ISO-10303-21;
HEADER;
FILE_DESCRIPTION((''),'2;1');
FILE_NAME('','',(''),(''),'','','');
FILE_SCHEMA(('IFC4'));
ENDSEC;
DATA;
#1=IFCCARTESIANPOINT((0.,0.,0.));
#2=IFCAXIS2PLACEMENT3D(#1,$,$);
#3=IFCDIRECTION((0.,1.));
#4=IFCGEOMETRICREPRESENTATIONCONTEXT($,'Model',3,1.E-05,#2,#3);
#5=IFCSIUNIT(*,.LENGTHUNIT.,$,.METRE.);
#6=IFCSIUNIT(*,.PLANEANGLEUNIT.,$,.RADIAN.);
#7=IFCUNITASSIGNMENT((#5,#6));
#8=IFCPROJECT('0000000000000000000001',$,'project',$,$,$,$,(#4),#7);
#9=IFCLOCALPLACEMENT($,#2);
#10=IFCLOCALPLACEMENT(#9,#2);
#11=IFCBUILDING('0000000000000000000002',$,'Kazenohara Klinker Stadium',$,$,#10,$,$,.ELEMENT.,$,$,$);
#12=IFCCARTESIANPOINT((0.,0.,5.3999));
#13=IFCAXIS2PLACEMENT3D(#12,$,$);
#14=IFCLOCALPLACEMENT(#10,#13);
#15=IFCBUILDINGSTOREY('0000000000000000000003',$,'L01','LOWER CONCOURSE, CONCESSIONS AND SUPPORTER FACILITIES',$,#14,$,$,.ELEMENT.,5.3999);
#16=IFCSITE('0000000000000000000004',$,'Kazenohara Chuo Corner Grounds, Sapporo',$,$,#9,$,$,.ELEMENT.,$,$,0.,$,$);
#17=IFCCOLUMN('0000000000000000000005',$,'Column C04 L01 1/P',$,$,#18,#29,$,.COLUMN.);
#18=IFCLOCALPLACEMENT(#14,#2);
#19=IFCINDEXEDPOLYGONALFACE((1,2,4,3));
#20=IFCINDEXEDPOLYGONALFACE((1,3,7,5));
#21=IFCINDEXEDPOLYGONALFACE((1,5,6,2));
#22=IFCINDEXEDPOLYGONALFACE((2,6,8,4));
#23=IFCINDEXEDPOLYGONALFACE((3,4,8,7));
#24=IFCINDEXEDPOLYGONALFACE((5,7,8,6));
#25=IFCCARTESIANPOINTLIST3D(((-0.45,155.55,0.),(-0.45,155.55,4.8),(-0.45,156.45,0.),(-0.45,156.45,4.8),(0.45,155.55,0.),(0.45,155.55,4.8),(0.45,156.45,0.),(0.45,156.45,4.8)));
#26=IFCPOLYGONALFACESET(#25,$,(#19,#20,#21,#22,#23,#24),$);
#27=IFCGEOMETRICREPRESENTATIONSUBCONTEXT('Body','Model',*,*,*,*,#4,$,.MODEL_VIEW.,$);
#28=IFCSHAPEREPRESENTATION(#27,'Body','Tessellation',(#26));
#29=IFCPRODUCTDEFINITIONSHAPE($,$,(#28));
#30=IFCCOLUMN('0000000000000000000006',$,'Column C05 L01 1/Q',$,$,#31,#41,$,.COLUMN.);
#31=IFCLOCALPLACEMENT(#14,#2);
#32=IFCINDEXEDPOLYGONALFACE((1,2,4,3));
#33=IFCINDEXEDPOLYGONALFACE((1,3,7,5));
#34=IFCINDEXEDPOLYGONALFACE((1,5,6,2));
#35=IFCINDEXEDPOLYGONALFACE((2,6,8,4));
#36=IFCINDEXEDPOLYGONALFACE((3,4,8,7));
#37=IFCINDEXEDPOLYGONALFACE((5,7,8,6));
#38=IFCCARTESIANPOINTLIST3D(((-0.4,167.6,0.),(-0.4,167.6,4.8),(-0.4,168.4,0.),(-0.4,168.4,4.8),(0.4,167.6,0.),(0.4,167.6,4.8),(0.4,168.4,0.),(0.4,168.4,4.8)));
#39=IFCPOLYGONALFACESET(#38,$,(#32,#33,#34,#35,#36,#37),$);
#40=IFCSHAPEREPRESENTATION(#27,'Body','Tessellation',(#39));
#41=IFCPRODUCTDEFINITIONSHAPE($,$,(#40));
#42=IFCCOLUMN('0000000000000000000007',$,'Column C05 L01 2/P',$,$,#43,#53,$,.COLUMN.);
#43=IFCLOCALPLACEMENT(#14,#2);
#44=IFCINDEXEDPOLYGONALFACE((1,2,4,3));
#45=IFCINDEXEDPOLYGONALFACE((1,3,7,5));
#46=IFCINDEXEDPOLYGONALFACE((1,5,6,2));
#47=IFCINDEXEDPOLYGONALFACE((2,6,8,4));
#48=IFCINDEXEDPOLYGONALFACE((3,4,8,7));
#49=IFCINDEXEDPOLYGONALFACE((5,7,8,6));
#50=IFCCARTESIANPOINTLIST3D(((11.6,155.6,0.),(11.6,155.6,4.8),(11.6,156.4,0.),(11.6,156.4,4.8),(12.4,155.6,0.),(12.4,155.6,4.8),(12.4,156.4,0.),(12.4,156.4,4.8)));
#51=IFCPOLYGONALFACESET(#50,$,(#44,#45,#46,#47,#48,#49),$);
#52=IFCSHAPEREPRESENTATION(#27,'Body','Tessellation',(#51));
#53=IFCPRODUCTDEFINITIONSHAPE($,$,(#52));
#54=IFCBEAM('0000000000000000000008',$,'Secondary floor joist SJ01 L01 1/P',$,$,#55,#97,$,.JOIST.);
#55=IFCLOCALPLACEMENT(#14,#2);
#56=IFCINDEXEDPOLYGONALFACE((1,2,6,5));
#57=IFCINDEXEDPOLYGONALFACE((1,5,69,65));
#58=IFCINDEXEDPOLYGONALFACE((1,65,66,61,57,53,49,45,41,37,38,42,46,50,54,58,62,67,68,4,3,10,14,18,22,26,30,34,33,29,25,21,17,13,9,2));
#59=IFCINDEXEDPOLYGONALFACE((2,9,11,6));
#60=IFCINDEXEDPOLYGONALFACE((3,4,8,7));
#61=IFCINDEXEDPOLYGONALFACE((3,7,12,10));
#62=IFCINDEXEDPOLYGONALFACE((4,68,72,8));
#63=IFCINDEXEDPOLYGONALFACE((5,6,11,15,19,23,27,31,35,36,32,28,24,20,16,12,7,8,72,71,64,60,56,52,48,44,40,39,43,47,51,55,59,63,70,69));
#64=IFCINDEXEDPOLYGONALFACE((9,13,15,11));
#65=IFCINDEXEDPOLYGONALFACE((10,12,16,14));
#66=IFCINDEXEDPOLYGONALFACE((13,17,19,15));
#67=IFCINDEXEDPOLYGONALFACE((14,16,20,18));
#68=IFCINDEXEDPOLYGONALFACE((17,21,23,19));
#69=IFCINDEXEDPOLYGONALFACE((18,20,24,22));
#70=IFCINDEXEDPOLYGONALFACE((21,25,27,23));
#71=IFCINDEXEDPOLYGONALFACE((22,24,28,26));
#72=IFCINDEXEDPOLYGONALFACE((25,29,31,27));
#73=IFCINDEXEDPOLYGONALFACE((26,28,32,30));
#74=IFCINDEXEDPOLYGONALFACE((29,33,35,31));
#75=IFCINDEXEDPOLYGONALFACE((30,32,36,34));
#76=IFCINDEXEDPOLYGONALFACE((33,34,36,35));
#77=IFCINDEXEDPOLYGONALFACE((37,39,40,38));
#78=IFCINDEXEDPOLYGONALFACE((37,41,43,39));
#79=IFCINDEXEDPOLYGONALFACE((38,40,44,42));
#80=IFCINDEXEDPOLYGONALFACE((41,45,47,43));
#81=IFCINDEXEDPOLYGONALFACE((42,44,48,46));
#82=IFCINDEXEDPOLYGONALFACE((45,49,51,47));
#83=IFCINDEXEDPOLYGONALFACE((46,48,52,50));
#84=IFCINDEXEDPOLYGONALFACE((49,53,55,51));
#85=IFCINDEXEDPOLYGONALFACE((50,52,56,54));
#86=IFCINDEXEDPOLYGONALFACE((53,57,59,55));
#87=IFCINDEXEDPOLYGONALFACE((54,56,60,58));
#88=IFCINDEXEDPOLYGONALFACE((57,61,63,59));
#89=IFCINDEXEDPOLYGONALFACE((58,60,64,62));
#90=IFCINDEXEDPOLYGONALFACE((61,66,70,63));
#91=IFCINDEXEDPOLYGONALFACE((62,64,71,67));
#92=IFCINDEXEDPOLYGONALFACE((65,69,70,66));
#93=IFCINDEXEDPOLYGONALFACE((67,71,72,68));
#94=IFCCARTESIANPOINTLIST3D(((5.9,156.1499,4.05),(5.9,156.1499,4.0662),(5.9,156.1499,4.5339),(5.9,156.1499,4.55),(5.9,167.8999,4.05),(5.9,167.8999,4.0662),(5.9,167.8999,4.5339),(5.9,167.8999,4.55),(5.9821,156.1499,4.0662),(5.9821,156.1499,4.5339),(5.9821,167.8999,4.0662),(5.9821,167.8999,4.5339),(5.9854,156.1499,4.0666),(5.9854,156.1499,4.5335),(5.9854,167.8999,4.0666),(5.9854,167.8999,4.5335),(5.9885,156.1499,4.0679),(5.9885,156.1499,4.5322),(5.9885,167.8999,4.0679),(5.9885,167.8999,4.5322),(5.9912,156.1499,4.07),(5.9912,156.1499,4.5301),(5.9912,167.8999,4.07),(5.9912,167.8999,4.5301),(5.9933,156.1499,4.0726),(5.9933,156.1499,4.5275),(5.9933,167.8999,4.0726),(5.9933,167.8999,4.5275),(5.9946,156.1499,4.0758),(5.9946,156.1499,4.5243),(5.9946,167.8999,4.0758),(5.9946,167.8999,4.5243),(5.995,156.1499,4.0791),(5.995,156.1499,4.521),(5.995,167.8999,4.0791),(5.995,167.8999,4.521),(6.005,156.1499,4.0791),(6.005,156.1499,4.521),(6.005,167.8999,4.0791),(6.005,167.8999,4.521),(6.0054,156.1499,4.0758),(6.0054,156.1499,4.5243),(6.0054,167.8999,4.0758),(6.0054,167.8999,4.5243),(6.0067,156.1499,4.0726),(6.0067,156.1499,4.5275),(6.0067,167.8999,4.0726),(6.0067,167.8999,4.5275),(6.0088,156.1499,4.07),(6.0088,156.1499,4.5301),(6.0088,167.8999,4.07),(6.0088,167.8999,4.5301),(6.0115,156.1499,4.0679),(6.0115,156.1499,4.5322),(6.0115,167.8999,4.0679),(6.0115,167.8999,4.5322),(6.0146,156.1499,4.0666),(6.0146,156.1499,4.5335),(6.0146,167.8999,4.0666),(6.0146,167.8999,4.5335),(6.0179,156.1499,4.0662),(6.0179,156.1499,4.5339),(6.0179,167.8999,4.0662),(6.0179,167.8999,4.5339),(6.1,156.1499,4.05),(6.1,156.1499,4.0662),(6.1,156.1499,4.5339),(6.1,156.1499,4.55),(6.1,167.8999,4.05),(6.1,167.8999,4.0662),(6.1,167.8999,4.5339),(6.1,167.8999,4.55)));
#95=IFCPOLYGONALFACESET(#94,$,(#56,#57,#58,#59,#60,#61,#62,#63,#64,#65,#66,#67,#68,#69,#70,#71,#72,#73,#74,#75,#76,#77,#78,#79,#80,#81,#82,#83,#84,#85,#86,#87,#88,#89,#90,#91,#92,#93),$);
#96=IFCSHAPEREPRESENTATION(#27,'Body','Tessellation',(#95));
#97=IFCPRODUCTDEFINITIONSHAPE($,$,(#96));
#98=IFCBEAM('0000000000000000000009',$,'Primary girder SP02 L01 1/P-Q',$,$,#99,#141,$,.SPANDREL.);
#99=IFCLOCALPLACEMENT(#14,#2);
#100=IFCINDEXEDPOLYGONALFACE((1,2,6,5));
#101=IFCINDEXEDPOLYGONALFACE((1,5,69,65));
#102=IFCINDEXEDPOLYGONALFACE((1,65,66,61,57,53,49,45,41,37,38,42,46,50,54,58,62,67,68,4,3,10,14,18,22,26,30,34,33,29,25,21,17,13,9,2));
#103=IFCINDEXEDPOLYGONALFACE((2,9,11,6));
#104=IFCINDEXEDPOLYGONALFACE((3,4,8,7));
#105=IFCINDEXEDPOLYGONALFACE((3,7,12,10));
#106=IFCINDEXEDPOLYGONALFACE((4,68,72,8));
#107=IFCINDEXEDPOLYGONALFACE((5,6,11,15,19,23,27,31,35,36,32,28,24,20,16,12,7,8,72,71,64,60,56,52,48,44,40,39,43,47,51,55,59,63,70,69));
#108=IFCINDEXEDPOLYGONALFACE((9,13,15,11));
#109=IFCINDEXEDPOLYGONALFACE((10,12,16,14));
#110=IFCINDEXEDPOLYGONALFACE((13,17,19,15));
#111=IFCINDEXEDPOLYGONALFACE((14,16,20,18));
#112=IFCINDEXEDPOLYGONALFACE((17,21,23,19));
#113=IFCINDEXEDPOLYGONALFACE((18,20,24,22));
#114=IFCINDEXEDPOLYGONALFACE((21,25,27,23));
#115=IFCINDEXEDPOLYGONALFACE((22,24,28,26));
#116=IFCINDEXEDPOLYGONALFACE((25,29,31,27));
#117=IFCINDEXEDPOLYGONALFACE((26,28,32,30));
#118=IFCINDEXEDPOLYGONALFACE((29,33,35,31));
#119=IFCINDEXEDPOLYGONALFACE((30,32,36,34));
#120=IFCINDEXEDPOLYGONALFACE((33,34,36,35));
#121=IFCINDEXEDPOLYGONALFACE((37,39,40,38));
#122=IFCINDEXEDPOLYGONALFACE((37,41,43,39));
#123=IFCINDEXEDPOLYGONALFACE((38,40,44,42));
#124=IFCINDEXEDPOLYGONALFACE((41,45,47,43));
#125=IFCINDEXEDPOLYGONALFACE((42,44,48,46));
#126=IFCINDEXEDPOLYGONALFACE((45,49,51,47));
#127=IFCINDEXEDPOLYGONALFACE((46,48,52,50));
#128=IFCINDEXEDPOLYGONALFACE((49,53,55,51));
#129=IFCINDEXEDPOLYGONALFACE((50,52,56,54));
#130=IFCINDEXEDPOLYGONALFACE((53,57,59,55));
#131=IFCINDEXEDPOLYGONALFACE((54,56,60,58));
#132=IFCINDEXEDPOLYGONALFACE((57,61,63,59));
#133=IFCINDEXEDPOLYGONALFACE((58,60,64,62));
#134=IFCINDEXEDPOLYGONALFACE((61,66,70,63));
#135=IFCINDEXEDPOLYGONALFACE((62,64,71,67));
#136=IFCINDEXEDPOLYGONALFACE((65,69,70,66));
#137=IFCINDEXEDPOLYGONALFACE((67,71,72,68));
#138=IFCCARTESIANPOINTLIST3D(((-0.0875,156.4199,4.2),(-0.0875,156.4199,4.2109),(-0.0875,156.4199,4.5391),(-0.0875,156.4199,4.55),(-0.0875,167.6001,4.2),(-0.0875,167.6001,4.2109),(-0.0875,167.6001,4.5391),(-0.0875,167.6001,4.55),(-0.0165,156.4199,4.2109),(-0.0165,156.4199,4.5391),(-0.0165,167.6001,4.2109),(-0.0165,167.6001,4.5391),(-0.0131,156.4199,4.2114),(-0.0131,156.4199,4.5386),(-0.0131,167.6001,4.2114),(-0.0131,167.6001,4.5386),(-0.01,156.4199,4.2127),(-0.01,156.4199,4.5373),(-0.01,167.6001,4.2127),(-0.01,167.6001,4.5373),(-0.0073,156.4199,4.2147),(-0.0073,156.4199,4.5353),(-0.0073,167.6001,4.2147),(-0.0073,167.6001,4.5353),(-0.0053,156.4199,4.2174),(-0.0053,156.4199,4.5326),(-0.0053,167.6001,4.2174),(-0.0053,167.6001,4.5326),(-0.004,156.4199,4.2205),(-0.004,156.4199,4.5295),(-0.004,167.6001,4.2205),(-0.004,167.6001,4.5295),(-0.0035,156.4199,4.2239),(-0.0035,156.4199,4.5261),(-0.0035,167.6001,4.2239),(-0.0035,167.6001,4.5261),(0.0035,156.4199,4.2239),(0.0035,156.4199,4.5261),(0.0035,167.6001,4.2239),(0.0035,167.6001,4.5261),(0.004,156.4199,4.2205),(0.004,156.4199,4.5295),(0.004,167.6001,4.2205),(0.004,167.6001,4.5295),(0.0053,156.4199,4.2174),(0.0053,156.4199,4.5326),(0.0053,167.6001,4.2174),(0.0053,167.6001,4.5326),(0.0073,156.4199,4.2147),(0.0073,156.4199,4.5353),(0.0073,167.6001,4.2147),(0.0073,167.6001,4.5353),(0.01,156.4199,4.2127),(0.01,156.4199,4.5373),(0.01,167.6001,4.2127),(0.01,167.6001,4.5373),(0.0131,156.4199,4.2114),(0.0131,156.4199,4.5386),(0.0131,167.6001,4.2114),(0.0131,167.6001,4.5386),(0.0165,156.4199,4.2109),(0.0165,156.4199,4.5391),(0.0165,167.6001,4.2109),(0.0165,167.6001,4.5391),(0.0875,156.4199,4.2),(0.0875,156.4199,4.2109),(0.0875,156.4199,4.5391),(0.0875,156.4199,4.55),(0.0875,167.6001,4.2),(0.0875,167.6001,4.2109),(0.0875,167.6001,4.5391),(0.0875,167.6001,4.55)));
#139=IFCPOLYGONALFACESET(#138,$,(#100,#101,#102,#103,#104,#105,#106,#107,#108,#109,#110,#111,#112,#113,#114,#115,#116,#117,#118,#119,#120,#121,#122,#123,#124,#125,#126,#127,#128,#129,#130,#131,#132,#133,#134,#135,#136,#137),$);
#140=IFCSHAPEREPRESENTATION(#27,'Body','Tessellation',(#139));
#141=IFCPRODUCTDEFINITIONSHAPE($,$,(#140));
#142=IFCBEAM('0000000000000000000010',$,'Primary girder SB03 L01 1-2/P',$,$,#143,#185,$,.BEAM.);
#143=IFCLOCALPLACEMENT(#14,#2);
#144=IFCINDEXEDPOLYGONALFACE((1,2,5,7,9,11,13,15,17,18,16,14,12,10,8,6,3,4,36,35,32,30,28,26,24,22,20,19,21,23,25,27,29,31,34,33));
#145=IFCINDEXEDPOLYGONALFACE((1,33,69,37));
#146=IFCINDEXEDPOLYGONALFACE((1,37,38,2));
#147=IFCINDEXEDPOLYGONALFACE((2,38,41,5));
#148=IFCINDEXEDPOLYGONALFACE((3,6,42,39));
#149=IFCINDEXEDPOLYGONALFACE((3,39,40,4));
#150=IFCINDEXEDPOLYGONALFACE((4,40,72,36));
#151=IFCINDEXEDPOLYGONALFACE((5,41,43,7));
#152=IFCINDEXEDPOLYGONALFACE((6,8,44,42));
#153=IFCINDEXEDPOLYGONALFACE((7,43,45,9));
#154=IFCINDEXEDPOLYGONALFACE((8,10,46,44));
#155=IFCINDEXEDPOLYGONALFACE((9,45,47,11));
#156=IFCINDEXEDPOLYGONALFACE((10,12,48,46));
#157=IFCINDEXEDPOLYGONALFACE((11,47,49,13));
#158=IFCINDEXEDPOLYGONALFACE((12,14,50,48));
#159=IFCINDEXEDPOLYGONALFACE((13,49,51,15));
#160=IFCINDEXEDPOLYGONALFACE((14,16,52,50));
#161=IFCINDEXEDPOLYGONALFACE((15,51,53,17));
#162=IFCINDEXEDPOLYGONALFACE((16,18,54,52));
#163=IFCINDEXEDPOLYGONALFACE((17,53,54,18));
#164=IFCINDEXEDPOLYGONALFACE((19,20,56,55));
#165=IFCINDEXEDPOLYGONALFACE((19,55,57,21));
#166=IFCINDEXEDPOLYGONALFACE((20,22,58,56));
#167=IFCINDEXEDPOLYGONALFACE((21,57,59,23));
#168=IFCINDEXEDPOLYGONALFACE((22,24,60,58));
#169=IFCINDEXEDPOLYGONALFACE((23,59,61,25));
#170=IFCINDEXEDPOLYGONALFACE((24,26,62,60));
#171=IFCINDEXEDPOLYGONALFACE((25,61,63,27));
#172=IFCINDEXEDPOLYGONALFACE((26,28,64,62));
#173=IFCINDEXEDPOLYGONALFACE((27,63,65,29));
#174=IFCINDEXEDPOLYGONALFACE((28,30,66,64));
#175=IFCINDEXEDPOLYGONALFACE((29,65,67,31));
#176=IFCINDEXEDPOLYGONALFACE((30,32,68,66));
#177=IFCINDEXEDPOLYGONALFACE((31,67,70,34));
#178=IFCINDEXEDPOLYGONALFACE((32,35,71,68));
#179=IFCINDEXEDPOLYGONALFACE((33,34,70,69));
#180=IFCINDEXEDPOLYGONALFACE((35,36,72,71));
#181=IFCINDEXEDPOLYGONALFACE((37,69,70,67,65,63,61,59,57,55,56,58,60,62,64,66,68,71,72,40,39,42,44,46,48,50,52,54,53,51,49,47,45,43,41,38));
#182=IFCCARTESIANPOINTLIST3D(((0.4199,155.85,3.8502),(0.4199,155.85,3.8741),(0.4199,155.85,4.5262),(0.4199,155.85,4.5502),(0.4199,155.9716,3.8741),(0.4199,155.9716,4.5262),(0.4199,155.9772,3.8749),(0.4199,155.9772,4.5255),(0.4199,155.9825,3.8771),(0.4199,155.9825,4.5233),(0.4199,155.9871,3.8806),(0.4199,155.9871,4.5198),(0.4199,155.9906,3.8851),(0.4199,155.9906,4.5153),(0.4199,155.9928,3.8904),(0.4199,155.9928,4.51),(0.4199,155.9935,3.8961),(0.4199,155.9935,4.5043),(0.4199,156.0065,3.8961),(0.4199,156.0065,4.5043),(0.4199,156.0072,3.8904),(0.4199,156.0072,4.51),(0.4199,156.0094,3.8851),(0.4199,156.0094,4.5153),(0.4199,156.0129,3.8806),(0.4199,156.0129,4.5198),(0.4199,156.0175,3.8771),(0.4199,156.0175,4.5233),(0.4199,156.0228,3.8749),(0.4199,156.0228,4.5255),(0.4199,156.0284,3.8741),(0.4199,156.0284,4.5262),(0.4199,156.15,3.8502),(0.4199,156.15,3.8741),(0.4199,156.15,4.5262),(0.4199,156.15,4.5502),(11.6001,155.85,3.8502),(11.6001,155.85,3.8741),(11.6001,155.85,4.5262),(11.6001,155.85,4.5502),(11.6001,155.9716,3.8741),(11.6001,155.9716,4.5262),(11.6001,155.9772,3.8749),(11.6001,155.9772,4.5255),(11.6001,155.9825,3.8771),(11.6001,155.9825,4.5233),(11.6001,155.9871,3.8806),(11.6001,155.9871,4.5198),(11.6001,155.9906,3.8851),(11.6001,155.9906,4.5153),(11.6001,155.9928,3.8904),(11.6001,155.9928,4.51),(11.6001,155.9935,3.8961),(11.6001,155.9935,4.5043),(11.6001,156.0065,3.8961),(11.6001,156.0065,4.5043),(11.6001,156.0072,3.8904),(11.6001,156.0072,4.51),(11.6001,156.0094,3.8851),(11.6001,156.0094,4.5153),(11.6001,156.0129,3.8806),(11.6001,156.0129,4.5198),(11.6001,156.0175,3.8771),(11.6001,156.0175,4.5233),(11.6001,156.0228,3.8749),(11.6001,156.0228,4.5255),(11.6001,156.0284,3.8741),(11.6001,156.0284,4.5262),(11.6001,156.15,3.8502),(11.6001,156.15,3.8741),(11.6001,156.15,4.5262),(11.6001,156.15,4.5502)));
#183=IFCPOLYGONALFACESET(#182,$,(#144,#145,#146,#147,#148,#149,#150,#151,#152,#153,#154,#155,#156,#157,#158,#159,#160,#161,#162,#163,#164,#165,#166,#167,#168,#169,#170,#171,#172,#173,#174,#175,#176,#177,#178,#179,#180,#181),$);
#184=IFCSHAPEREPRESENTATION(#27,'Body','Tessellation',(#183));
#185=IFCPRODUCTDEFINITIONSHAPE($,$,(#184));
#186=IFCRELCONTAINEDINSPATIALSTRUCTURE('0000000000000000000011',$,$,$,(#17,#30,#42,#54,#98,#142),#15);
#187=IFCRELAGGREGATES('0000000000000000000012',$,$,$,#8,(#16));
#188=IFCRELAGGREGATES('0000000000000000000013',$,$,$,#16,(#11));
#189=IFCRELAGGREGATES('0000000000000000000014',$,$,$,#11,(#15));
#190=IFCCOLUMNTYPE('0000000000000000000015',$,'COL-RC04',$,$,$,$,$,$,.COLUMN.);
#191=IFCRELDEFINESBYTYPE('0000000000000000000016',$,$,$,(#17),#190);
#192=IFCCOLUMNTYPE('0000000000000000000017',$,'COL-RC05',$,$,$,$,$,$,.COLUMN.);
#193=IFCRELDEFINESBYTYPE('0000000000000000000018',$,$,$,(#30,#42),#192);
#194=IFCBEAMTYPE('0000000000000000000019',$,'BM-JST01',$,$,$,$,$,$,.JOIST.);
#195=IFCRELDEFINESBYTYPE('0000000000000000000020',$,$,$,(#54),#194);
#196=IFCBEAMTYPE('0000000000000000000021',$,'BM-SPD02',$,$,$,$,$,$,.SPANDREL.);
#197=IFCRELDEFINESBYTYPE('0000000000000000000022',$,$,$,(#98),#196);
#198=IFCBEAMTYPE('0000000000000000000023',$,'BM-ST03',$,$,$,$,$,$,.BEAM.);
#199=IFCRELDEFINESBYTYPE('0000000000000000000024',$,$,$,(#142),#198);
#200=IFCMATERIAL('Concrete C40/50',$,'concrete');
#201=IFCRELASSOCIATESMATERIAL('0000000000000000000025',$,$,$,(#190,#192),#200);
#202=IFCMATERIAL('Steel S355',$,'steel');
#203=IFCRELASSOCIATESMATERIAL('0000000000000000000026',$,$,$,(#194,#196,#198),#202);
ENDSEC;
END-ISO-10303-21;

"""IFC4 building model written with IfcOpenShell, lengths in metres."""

from ifc_helpers import new_model, si_unit, direction, frame, origin, origin_2d, place, context, subcontext, project, spatial, rectangle, i_section, extrude, material, material_profile, profile_set, type_object, element, save


model = new_model("IFC4")

# Units and contexts
model_context = context("Model", 3, precision=1e-05, world=origin(), true_north=direction((0.0, 1.0)))
body_context = subcontext(model_context, "Body", "Model", "MODEL_VIEW")
ifc_project = project(units=[si_unit("LENGTHUNIT", "METRE"), si_unit("PLANEANGLEUNIT", "RADIAN")], contexts=[model_context])

# Site, building, storey
site_placement = place(None, origin())
site = spatial("IfcSite", under=ifc_project, at=site_placement, Name="Kazenohara Chuo Corner Grounds, Sapporo", CompositionType="ELEMENT", RefElevation=0.0)
building_placement = place(site_placement, origin())
building = spatial("IfcBuilding", under=site, at=building_placement, Name="Kazenohara Klinker Stadium", CompositionType="ELEMENT")
storey_placement = place(building_placement, frame((0.0, 0.0, 5.3999)))
storey = spatial("IfcBuildingStorey", under=building, at=storey_placement, Name="L01", Description="LOWER CONCOURSE, CONCESSIONS AND SUPPORTER FACILITIES", CompositionType="ELEMENT", Elevation=5.3999)

# Columns
ifc_material_1 = material(Name="Concrete C40/50", Category="concrete")
ifc_material_profile_1 = material_profile(ifc_material_1, rectangle(XDim=0.8999, YDim=0.8999, at=origin_2d()), Name="RC-COL-900x900")
ifc_profile_set_1 = profile_set([ifc_material_profile_1], Name="Concrete C40/50")
column_type_1 = type_object("IfcColumnType", Name="COL-RC04", PredefinedType="COLUMN", material=ifc_profile_set_1)
column_placement = place(storey_placement, frame((0.0, 156.0, 0.0), z_axis=(0.0, 0.0, 1.0), x_axis=(1.0, 0.0, 0.0)))
element("IfcColumn", 1, at=column_placement, inside=storey, type_object=column_type_1, Name="Column C04 L01 1/P", PredefinedType="COLUMN", context=body_context, shape_type="SweptSolid", body=[
    extrude(rectangle(XDim=0.8999, YDim=0.8999, at=origin_2d()), origin(), (0.0, 0.0, 1.0), 4.8),
])
ifc_material_profile_2 = material_profile(ifc_material_1, rectangle(XDim=0.8, YDim=0.8, at=origin_2d()), Name="RC-COL-800x800")
ifc_profile_set_2 = profile_set([ifc_material_profile_2], Name="Concrete C40/50")
column_type_2 = type_object("IfcColumnType", Name="COL-RC05", PredefinedType="COLUMN", material=ifc_profile_set_2)
for number, where, z_axis, x_axis, name in (
    (2, (0.0, 168.0, 0.0), (0.0, 0.0, 1.0), (1.0, 0.0, 0.0), "Column C05 L01 1/Q"),
    (3, (12.0, 156.0, 0.0), (0.0, 0.0, 1.0), (1.0, 0.0, 0.0), "Column C05 L01 2/P"),
):
    element("IfcColumn", number, at=place(storey_placement, frame(where, z_axis=z_axis, x_axis=x_axis)), inside=storey, type_object=column_type_2, Name=name, PredefinedType="COLUMN", context=body_context, shape_type="SweptSolid", body=[
        extrude(rectangle(XDim=0.8, YDim=0.8, at=origin_2d()), origin(), (0.0, 0.0, 1.0), 4.8),
    ])

# Beams
ifc_material_2 = material(Name="Steel S355", Category="steel")
ifc_material_profile_3 = material_profile(ifc_material_2, i_section(OverallWidth=0.2, OverallDepth=0.5, WebThickness=0.01, FlangeThickness=0.0161, FilletRadius=0.0129, at=origin_2d()), Name="H-500x200x10x16")
ifc_profile_set_3 = profile_set([ifc_material_profile_3], Name="Steel S355")
beam_type_1 = type_object("IfcBeamType", Name="BM-JST01", PredefinedType="JOIST", material=ifc_profile_set_3)
beam_1_placement = place(storey_placement, frame((6.0, 156.1499, 4.3), z_axis=(0.0, 1.0, 0.0), x_axis=(-1.0, 0.0, 0.0)))
element("IfcBeam", 4, at=beam_1_placement, inside=storey, type_object=beam_type_1, Name="Secondary floor joist SJ01 L01 1/P", PredefinedType="JOIST", context=body_context, shape_type="SweptSolid", body=[
    extrude(i_section(OverallWidth=0.2, OverallDepth=0.5, WebThickness=0.01, FlangeThickness=0.0161, FilletRadius=0.0129, at=origin_2d()), origin(), (0.0, 0.0, 1.0), 11.75),
])
ifc_material_profile_4 = material_profile(ifc_material_2, i_section(OverallWidth=0.175, OverallDepth=0.3501, WebThickness=0.0071, FlangeThickness=0.011, FilletRadius=0.0129, at=origin_2d()), Name="H-350x175x7x11")
ifc_profile_set_4 = profile_set([ifc_material_profile_4], Name="Steel S355")
beam_type_2 = type_object("IfcBeamType", Name="BM-SPD02", PredefinedType="SPANDREL", material=ifc_profile_set_4)
beam_2_placement = place(storey_placement, frame((0.0, 156.4199, 4.375), z_axis=(0.0, 1.0, 0.0), x_axis=(-1.0, 0.0, 0.0)))
element("IfcBeam", 5, at=beam_2_placement, inside=storey, type_object=beam_type_2, Name="Primary girder SP02 L01 1/P-Q", PredefinedType="SPANDREL", context=body_context, shape_type="SweptSolid", body=[
    extrude(i_section(OverallWidth=0.175, OverallDepth=0.3501, WebThickness=0.0071, FlangeThickness=0.011, FilletRadius=0.0129, at=origin_2d()), origin(), (0.0, 0.0, 1.0), 11.1802),
])
ifc_material_profile_5 = material_profile(ifc_material_2, i_section(OverallWidth=0.3, OverallDepth=0.7, WebThickness=0.0129, FlangeThickness=0.0239, FilletRadius=0.022, at=origin_2d()), Name="H-700x300x13x24")
ifc_profile_set_5 = profile_set([ifc_material_profile_5], Name="Steel S355")
beam_type_3 = type_object("IfcBeamType", Name="BM-ST03", PredefinedType="BEAM", material=ifc_profile_set_5)
beam_3_placement = place(storey_placement, frame((0.4199, 156.0, 4.2002), z_axis=(1.0, 0.0, 0.0), x_axis=(0.0, 1.0, 0.0)))
element("IfcBeam", 6, at=beam_3_placement, inside=storey, type_object=beam_type_3, Name="Primary girder SB03 L01 1-2/P", PredefinedType="BEAM", context=body_context, shape_type="SweptSolid", body=[
    extrude(i_section(OverallWidth=0.3, OverallDepth=0.7, WebThickness=0.0129, FlangeThickness=0.0239, FilletRadius=0.022, at=origin_2d()), origin(), (0.0, 0.0, 1.0), 11.1802),
])

save(model, "model.ifc")
